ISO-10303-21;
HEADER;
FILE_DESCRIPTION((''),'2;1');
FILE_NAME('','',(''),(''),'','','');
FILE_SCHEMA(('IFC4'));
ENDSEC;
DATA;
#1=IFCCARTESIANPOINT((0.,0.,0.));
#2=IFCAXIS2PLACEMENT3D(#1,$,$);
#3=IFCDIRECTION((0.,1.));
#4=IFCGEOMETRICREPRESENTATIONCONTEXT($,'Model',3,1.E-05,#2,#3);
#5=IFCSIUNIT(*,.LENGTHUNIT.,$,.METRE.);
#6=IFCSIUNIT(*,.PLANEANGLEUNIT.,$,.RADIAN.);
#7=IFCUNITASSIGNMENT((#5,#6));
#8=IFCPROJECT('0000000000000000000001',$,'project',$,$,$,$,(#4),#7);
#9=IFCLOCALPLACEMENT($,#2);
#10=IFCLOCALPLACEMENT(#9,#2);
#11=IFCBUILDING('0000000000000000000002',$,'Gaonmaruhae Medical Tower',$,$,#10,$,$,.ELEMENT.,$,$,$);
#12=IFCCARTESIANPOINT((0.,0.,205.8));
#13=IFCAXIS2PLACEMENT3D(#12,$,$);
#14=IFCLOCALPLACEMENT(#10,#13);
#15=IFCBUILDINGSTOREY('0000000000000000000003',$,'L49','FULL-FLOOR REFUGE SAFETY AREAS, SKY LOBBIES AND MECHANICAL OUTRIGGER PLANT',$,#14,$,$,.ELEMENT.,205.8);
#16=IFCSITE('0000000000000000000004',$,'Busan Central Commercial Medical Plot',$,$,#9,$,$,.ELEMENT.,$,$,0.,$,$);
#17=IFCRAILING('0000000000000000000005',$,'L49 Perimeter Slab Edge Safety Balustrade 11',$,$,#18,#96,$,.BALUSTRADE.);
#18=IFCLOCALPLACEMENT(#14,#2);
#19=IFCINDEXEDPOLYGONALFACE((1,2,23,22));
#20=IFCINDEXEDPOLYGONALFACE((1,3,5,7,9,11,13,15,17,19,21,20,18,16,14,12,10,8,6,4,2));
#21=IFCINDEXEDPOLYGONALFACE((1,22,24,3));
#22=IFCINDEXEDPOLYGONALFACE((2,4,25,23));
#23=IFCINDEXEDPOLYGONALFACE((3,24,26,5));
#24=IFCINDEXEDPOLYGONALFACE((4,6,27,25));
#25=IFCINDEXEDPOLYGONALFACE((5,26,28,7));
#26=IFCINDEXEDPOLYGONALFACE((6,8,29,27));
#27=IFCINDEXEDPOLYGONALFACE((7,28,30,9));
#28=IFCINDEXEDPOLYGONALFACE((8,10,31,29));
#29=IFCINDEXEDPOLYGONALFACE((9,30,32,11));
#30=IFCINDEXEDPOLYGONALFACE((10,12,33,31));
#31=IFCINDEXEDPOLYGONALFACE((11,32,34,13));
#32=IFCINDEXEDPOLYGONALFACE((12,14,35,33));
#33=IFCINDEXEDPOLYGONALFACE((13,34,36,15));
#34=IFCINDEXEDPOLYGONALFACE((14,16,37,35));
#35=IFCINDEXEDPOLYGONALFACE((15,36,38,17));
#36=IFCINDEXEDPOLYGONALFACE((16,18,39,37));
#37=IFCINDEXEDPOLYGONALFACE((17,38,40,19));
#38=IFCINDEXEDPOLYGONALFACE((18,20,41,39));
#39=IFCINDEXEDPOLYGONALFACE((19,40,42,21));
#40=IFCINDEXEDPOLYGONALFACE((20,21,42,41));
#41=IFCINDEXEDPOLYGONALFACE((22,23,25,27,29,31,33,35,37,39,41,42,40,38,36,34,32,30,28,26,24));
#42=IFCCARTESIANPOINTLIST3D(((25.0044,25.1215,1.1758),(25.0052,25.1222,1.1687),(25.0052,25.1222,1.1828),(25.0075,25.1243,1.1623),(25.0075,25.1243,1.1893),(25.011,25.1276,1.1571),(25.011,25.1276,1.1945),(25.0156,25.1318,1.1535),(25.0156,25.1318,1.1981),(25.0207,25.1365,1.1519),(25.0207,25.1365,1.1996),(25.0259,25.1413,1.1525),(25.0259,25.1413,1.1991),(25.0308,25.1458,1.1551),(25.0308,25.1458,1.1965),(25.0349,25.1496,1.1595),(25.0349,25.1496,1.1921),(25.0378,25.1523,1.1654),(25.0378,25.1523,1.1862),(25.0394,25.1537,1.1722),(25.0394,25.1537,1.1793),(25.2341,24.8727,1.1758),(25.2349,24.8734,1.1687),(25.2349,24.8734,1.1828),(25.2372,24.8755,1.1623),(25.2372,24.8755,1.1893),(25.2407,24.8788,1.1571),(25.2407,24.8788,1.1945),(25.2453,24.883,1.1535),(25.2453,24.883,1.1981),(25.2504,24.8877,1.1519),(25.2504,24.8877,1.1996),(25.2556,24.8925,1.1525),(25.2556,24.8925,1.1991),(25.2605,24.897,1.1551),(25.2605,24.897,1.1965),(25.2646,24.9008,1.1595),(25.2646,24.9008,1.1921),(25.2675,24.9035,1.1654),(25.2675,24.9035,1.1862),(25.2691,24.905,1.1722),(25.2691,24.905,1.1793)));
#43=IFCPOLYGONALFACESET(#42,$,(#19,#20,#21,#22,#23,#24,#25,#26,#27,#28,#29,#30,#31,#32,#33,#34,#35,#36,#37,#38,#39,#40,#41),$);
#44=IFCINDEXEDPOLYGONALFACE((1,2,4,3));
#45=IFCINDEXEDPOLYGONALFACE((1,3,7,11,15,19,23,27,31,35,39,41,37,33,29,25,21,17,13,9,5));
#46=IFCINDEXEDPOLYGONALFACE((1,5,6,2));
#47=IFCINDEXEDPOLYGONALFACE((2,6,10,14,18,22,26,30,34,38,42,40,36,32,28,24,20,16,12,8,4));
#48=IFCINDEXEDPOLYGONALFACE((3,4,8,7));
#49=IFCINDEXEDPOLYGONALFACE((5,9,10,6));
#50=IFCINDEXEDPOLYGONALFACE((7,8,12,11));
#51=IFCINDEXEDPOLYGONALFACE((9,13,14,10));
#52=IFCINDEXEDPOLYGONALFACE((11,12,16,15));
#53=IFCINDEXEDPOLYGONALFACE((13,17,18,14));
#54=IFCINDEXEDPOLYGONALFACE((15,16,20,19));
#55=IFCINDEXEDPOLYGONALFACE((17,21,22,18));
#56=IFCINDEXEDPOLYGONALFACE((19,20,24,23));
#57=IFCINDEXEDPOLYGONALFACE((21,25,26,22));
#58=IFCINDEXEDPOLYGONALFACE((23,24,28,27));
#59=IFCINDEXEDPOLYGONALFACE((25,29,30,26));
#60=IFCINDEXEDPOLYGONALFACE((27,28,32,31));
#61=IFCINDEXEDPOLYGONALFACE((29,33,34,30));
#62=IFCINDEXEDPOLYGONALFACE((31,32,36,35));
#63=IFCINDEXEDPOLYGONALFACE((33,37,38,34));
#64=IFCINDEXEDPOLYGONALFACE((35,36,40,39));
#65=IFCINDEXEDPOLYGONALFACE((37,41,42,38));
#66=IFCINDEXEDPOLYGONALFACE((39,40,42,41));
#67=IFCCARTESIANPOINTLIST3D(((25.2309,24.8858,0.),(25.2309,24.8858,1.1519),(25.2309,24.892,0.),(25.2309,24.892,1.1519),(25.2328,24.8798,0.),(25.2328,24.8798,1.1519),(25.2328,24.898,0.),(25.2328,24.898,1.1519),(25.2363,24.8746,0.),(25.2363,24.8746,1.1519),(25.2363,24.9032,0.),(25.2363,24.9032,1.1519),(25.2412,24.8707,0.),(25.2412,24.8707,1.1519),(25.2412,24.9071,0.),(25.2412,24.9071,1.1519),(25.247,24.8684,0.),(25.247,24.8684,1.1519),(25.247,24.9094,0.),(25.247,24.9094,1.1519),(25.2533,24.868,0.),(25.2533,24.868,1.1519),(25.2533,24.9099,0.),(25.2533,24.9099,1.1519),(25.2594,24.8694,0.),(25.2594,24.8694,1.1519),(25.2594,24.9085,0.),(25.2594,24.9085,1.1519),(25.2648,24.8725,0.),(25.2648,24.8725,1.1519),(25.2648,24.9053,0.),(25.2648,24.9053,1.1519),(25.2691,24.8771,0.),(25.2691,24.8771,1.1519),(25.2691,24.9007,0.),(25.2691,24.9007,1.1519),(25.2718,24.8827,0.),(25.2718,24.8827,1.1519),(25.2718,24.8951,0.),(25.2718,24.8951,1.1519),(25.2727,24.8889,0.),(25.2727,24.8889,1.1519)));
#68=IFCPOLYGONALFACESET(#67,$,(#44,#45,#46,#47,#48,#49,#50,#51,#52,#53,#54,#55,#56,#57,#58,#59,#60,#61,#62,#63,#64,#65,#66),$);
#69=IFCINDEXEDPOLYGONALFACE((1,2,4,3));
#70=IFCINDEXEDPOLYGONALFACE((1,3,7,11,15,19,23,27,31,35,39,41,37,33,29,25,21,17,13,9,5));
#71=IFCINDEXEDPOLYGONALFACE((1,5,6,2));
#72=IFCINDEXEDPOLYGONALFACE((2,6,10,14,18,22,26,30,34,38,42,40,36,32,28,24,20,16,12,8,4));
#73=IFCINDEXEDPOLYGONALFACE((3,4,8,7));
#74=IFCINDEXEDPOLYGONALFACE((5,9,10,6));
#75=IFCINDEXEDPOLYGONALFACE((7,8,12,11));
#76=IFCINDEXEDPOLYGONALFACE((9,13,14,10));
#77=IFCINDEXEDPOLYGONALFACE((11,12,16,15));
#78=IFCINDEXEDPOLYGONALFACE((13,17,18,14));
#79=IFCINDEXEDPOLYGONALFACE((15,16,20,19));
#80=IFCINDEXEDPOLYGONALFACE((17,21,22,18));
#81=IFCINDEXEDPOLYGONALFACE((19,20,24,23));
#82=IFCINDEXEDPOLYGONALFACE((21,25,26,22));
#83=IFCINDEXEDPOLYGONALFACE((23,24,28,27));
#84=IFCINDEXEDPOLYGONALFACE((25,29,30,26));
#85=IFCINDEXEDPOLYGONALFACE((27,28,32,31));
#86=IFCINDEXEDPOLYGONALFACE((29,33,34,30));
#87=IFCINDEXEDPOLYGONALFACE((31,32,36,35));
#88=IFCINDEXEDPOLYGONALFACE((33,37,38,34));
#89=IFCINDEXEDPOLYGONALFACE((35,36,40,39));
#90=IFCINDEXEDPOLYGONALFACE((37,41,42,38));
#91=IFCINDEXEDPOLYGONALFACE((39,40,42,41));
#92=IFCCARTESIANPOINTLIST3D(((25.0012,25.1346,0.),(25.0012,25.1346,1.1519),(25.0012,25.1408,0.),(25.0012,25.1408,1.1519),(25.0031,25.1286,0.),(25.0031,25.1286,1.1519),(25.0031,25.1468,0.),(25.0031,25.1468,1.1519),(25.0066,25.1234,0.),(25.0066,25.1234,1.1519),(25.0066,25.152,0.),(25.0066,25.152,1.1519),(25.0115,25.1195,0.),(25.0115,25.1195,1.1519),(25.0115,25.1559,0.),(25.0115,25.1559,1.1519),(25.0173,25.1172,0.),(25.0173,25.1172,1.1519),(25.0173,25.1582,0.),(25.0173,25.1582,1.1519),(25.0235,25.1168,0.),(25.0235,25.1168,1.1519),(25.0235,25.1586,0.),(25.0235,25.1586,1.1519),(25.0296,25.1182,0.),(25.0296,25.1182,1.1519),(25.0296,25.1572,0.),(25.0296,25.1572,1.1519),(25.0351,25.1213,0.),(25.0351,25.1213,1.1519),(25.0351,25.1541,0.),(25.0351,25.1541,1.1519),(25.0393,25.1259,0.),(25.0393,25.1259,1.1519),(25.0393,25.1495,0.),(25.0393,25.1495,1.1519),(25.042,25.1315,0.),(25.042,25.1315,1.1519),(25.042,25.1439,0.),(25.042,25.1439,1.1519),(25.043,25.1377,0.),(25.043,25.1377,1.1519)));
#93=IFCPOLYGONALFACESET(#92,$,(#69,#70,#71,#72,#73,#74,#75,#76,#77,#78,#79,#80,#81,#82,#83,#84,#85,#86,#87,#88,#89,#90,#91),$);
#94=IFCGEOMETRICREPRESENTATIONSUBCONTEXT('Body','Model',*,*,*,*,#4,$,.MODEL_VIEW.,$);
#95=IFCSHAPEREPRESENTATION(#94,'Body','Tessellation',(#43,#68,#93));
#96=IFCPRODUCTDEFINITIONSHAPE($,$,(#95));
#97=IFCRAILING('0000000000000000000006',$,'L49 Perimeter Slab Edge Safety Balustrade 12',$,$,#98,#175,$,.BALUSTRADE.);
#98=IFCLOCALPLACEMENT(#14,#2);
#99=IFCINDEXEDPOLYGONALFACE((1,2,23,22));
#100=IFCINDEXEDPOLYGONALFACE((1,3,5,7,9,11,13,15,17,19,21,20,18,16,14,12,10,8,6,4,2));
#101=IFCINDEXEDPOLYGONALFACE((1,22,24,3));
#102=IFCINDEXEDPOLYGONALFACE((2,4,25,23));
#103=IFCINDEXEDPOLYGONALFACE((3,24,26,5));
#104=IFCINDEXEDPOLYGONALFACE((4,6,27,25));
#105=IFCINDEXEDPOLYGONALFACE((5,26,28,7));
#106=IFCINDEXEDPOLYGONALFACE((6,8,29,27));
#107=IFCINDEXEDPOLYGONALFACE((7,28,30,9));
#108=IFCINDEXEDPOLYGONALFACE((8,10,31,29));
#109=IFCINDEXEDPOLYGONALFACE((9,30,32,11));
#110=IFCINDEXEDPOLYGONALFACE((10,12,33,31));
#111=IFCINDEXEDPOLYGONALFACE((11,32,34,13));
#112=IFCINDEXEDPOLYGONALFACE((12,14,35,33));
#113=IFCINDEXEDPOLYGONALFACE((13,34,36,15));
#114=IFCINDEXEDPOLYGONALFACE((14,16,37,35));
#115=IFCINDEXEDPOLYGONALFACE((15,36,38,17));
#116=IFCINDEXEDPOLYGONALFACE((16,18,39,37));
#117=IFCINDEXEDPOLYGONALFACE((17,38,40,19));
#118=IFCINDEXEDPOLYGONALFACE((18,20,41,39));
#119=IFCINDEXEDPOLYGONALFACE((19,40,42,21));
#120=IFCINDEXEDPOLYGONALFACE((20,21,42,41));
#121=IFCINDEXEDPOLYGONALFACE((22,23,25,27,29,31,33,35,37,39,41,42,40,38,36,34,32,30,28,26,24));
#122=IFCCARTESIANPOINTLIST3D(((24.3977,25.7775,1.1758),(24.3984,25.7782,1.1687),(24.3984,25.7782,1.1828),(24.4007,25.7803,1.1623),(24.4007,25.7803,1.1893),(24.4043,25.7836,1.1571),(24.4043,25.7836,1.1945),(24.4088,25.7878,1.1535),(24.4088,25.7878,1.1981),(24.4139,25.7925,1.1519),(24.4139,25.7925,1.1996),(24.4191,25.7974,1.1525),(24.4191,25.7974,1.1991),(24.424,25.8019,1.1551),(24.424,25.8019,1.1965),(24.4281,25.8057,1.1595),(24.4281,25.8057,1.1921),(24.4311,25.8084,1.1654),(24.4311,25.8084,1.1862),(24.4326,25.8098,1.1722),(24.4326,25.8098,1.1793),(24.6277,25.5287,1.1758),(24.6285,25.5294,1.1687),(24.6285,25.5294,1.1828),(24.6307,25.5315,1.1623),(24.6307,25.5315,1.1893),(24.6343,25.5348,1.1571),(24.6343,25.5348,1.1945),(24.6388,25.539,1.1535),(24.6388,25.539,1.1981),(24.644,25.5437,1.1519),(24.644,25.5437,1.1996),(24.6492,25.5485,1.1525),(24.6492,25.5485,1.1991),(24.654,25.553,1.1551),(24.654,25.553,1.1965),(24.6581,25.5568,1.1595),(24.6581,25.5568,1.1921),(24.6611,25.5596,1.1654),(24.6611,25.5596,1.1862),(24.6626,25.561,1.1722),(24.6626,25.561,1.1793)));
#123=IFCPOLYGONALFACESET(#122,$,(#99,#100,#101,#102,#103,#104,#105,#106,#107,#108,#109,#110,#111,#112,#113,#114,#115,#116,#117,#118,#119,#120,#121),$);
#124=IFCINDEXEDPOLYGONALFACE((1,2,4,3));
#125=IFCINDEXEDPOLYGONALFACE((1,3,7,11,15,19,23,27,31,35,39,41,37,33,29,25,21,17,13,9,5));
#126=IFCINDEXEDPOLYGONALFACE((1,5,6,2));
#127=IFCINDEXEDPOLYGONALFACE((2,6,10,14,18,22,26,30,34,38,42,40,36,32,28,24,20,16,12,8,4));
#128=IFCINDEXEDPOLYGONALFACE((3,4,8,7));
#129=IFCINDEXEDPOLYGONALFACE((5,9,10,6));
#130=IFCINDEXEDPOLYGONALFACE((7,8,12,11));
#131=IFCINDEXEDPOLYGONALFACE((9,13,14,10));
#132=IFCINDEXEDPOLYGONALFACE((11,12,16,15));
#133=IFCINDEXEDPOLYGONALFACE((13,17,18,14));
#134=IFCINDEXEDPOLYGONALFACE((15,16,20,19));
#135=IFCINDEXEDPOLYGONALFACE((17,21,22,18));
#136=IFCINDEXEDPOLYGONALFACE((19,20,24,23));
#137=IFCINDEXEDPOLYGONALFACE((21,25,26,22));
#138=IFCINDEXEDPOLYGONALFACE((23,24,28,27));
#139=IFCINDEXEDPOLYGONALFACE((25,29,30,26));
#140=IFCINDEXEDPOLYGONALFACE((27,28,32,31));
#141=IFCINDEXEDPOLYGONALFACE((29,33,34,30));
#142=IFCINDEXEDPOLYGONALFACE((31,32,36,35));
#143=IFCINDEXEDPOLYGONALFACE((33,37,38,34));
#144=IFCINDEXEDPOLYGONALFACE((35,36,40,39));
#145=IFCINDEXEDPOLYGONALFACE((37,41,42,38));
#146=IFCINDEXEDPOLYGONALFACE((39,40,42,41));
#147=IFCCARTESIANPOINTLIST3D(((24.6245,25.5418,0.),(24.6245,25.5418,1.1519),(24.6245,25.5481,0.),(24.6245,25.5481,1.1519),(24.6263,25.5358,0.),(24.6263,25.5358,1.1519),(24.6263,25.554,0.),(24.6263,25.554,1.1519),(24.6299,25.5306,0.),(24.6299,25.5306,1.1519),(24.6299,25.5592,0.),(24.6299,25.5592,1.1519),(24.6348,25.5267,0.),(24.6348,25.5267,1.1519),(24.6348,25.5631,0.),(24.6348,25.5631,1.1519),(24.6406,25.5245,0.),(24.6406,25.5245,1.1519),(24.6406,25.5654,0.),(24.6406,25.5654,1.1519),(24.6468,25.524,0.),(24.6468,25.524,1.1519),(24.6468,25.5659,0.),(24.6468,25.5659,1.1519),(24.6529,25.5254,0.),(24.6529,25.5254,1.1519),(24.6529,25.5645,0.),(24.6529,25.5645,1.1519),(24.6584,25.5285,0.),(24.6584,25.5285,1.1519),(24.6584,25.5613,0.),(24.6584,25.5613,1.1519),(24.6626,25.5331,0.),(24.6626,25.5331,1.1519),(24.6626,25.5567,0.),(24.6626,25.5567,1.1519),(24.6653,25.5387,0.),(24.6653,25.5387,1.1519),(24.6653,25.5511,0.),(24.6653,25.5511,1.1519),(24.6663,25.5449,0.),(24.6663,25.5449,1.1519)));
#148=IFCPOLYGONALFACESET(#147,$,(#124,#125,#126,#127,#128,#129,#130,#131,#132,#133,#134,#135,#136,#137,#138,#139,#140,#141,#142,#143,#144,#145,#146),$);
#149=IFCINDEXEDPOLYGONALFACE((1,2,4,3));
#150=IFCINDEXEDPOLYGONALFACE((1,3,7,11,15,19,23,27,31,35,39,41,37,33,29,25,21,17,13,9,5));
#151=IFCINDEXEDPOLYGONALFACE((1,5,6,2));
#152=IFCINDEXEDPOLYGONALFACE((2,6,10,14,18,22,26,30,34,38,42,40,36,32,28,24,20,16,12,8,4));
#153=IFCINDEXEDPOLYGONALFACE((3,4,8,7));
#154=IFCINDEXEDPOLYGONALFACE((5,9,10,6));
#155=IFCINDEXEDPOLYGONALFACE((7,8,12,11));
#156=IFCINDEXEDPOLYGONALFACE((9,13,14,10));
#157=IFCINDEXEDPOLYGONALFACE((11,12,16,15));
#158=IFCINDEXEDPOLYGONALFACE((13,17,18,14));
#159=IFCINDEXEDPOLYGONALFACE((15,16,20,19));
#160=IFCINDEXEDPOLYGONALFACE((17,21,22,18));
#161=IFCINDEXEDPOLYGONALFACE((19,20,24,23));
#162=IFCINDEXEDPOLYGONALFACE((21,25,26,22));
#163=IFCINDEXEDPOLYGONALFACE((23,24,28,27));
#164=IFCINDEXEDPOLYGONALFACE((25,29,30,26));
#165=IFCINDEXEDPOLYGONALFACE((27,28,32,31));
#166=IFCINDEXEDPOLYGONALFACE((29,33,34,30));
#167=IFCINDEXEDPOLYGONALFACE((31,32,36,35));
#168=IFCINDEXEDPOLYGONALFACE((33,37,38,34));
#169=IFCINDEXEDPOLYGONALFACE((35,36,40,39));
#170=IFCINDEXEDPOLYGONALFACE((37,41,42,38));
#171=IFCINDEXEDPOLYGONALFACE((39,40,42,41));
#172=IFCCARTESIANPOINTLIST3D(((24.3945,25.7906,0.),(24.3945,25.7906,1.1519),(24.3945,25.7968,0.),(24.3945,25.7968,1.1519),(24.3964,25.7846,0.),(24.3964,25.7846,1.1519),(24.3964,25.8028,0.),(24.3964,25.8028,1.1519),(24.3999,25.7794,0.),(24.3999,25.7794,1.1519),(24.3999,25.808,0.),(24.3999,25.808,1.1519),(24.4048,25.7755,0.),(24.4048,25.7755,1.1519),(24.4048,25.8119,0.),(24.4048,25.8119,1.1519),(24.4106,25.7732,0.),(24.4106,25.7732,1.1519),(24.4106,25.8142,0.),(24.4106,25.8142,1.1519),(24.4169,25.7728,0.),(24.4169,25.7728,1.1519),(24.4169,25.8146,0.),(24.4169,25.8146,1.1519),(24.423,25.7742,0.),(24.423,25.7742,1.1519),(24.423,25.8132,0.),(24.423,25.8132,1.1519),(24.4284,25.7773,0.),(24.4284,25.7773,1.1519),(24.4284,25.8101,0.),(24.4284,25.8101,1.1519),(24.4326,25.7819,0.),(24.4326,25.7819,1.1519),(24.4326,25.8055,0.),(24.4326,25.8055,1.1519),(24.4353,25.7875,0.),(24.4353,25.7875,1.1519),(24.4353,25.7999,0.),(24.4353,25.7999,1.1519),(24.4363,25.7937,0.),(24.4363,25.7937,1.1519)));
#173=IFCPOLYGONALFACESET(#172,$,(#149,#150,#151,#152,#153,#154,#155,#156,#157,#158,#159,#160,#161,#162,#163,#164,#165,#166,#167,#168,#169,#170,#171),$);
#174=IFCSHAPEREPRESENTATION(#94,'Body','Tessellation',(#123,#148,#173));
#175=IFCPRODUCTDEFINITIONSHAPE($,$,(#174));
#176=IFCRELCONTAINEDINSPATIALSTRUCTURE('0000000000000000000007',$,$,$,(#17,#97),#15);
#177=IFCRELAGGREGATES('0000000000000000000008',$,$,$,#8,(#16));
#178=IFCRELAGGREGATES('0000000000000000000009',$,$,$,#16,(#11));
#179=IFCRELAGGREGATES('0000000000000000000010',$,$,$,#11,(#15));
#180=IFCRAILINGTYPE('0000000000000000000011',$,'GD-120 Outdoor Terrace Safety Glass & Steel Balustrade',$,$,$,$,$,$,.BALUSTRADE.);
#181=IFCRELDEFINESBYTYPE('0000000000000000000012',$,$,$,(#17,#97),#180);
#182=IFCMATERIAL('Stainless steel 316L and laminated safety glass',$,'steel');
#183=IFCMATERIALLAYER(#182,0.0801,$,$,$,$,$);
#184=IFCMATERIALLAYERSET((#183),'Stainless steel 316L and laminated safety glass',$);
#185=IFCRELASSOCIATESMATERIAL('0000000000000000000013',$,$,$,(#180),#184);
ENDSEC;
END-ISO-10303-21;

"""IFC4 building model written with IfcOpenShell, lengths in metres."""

from ifc_helpers import new_model, si_unit, direction, frame, origin, origin_2d, place, context, subcontext, project, spatial, circle, extrude, material, layer, layer_set, type_object, element, save


model = new_model("IFC4")

# Units and contexts
model_context = context("Model", 3, precision=1e-05, world=origin(), true_north=direction((0.0, 1.0)))
body_context = subcontext(model_context, "Body", "Model", "MODEL_VIEW")
ifc_project = project(units=[si_unit("LENGTHUNIT", "METRE"), si_unit("PLANEANGLEUNIT", "RADIAN")], contexts=[model_context])

# Site, building, storey
site_placement = place(None, origin())
site = spatial("IfcSite", under=ifc_project, at=site_placement, Name="Busan Central Commercial Medical Plot", CompositionType="ELEMENT", RefElevation=0.0)
building_placement = place(site_placement, origin())
building = spatial("IfcBuilding", under=site, at=building_placement, Name="Gaonmaruhae Medical Tower", CompositionType="ELEMENT")
storey_placement = place(building_placement, frame((0.0, 0.0, 205.8)))
storey = spatial("IfcBuildingStorey", under=building, at=storey_placement, Name="L49", Description="FULL-FLOOR REFUGE SAFETY AREAS, SKY LOBBIES AND MECHANICAL OUTRIGGER PLANT", CompositionType="ELEMENT", Elevation=205.8)

# Railings
ifc_material_1 = material(Name="Stainless steel 316L and laminated safety glass", Category="steel")
ifc_layer_1 = layer(ifc_material_1, 0.0801)
ifc_layer_set_1 = layer_set([ifc_layer_1], Name="Stainless steel 316L and laminated safety glass")
railing_type = type_object("IfcRailingType", Name="GD-120 Outdoor Terrace Safety Glass & Steel Balustrade", PredefinedType="BALUSTRADE", material=ifc_layer_set_1)
railing_1_placement = place(storey_placement, frame((25.2517, 24.8889, 0.0)))
element("IfcRailing", 1, at=railing_1_placement, inside=storey, type_object=railing_type, Name="L49 Perimeter Slab Edge Safety Balustrade 11", PredefinedType="BALUSTRADE", context=body_context, shape_type="SweptSolid", body=[
    extrude(circle(Radius=0.0239, at=origin_2d()), frame((0.0, 0.0, 1.1758), z_axis=(-0.67843, 0.734665, 0.0), x_axis=(-0.734665, -0.67843, 0.0)), (0.0, 0.0, 1.0), 0.3386),
    extrude(circle(Radius=0.021, at=origin_2d()), origin(), (0.0, 0.0, 1.0), 1.1519),
    extrude(circle(Radius=0.021, at=origin_2d()), frame((-0.2297, 0.2488, 0.0)), (0.0, 0.0, 1.0), 1.1519),
])
railing_2_placement = place(storey_placement, frame((24.6453, 25.5449, 0.0)))
element("IfcRailing", 2, at=railing_2_placement, inside=storey, type_object=railing_type, Name="L49 Perimeter Slab Edge Safety Balustrade 12", PredefinedType="BALUSTRADE", context=body_context, shape_type="SweptSolid", body=[
    extrude(circle(Radius=0.0239, at=origin_2d()), frame((0.0, 0.0, 1.1758), z_axis=(-0.678819, 0.734306, 0.0), x_axis=(-0.734306, -0.678819, 0.0)), (0.0, 0.0, 1.0), 0.3389),
    extrude(circle(Radius=0.021, at=origin_2d()), origin(), (0.0, 0.0, 1.0), 1.1519),
    extrude(circle(Radius=0.021, at=origin_2d()), frame((-0.23, 0.2488, 0.0)), (0.0, 0.0, 1.0), 1.1519),
])

save(model, "model.ifc")
